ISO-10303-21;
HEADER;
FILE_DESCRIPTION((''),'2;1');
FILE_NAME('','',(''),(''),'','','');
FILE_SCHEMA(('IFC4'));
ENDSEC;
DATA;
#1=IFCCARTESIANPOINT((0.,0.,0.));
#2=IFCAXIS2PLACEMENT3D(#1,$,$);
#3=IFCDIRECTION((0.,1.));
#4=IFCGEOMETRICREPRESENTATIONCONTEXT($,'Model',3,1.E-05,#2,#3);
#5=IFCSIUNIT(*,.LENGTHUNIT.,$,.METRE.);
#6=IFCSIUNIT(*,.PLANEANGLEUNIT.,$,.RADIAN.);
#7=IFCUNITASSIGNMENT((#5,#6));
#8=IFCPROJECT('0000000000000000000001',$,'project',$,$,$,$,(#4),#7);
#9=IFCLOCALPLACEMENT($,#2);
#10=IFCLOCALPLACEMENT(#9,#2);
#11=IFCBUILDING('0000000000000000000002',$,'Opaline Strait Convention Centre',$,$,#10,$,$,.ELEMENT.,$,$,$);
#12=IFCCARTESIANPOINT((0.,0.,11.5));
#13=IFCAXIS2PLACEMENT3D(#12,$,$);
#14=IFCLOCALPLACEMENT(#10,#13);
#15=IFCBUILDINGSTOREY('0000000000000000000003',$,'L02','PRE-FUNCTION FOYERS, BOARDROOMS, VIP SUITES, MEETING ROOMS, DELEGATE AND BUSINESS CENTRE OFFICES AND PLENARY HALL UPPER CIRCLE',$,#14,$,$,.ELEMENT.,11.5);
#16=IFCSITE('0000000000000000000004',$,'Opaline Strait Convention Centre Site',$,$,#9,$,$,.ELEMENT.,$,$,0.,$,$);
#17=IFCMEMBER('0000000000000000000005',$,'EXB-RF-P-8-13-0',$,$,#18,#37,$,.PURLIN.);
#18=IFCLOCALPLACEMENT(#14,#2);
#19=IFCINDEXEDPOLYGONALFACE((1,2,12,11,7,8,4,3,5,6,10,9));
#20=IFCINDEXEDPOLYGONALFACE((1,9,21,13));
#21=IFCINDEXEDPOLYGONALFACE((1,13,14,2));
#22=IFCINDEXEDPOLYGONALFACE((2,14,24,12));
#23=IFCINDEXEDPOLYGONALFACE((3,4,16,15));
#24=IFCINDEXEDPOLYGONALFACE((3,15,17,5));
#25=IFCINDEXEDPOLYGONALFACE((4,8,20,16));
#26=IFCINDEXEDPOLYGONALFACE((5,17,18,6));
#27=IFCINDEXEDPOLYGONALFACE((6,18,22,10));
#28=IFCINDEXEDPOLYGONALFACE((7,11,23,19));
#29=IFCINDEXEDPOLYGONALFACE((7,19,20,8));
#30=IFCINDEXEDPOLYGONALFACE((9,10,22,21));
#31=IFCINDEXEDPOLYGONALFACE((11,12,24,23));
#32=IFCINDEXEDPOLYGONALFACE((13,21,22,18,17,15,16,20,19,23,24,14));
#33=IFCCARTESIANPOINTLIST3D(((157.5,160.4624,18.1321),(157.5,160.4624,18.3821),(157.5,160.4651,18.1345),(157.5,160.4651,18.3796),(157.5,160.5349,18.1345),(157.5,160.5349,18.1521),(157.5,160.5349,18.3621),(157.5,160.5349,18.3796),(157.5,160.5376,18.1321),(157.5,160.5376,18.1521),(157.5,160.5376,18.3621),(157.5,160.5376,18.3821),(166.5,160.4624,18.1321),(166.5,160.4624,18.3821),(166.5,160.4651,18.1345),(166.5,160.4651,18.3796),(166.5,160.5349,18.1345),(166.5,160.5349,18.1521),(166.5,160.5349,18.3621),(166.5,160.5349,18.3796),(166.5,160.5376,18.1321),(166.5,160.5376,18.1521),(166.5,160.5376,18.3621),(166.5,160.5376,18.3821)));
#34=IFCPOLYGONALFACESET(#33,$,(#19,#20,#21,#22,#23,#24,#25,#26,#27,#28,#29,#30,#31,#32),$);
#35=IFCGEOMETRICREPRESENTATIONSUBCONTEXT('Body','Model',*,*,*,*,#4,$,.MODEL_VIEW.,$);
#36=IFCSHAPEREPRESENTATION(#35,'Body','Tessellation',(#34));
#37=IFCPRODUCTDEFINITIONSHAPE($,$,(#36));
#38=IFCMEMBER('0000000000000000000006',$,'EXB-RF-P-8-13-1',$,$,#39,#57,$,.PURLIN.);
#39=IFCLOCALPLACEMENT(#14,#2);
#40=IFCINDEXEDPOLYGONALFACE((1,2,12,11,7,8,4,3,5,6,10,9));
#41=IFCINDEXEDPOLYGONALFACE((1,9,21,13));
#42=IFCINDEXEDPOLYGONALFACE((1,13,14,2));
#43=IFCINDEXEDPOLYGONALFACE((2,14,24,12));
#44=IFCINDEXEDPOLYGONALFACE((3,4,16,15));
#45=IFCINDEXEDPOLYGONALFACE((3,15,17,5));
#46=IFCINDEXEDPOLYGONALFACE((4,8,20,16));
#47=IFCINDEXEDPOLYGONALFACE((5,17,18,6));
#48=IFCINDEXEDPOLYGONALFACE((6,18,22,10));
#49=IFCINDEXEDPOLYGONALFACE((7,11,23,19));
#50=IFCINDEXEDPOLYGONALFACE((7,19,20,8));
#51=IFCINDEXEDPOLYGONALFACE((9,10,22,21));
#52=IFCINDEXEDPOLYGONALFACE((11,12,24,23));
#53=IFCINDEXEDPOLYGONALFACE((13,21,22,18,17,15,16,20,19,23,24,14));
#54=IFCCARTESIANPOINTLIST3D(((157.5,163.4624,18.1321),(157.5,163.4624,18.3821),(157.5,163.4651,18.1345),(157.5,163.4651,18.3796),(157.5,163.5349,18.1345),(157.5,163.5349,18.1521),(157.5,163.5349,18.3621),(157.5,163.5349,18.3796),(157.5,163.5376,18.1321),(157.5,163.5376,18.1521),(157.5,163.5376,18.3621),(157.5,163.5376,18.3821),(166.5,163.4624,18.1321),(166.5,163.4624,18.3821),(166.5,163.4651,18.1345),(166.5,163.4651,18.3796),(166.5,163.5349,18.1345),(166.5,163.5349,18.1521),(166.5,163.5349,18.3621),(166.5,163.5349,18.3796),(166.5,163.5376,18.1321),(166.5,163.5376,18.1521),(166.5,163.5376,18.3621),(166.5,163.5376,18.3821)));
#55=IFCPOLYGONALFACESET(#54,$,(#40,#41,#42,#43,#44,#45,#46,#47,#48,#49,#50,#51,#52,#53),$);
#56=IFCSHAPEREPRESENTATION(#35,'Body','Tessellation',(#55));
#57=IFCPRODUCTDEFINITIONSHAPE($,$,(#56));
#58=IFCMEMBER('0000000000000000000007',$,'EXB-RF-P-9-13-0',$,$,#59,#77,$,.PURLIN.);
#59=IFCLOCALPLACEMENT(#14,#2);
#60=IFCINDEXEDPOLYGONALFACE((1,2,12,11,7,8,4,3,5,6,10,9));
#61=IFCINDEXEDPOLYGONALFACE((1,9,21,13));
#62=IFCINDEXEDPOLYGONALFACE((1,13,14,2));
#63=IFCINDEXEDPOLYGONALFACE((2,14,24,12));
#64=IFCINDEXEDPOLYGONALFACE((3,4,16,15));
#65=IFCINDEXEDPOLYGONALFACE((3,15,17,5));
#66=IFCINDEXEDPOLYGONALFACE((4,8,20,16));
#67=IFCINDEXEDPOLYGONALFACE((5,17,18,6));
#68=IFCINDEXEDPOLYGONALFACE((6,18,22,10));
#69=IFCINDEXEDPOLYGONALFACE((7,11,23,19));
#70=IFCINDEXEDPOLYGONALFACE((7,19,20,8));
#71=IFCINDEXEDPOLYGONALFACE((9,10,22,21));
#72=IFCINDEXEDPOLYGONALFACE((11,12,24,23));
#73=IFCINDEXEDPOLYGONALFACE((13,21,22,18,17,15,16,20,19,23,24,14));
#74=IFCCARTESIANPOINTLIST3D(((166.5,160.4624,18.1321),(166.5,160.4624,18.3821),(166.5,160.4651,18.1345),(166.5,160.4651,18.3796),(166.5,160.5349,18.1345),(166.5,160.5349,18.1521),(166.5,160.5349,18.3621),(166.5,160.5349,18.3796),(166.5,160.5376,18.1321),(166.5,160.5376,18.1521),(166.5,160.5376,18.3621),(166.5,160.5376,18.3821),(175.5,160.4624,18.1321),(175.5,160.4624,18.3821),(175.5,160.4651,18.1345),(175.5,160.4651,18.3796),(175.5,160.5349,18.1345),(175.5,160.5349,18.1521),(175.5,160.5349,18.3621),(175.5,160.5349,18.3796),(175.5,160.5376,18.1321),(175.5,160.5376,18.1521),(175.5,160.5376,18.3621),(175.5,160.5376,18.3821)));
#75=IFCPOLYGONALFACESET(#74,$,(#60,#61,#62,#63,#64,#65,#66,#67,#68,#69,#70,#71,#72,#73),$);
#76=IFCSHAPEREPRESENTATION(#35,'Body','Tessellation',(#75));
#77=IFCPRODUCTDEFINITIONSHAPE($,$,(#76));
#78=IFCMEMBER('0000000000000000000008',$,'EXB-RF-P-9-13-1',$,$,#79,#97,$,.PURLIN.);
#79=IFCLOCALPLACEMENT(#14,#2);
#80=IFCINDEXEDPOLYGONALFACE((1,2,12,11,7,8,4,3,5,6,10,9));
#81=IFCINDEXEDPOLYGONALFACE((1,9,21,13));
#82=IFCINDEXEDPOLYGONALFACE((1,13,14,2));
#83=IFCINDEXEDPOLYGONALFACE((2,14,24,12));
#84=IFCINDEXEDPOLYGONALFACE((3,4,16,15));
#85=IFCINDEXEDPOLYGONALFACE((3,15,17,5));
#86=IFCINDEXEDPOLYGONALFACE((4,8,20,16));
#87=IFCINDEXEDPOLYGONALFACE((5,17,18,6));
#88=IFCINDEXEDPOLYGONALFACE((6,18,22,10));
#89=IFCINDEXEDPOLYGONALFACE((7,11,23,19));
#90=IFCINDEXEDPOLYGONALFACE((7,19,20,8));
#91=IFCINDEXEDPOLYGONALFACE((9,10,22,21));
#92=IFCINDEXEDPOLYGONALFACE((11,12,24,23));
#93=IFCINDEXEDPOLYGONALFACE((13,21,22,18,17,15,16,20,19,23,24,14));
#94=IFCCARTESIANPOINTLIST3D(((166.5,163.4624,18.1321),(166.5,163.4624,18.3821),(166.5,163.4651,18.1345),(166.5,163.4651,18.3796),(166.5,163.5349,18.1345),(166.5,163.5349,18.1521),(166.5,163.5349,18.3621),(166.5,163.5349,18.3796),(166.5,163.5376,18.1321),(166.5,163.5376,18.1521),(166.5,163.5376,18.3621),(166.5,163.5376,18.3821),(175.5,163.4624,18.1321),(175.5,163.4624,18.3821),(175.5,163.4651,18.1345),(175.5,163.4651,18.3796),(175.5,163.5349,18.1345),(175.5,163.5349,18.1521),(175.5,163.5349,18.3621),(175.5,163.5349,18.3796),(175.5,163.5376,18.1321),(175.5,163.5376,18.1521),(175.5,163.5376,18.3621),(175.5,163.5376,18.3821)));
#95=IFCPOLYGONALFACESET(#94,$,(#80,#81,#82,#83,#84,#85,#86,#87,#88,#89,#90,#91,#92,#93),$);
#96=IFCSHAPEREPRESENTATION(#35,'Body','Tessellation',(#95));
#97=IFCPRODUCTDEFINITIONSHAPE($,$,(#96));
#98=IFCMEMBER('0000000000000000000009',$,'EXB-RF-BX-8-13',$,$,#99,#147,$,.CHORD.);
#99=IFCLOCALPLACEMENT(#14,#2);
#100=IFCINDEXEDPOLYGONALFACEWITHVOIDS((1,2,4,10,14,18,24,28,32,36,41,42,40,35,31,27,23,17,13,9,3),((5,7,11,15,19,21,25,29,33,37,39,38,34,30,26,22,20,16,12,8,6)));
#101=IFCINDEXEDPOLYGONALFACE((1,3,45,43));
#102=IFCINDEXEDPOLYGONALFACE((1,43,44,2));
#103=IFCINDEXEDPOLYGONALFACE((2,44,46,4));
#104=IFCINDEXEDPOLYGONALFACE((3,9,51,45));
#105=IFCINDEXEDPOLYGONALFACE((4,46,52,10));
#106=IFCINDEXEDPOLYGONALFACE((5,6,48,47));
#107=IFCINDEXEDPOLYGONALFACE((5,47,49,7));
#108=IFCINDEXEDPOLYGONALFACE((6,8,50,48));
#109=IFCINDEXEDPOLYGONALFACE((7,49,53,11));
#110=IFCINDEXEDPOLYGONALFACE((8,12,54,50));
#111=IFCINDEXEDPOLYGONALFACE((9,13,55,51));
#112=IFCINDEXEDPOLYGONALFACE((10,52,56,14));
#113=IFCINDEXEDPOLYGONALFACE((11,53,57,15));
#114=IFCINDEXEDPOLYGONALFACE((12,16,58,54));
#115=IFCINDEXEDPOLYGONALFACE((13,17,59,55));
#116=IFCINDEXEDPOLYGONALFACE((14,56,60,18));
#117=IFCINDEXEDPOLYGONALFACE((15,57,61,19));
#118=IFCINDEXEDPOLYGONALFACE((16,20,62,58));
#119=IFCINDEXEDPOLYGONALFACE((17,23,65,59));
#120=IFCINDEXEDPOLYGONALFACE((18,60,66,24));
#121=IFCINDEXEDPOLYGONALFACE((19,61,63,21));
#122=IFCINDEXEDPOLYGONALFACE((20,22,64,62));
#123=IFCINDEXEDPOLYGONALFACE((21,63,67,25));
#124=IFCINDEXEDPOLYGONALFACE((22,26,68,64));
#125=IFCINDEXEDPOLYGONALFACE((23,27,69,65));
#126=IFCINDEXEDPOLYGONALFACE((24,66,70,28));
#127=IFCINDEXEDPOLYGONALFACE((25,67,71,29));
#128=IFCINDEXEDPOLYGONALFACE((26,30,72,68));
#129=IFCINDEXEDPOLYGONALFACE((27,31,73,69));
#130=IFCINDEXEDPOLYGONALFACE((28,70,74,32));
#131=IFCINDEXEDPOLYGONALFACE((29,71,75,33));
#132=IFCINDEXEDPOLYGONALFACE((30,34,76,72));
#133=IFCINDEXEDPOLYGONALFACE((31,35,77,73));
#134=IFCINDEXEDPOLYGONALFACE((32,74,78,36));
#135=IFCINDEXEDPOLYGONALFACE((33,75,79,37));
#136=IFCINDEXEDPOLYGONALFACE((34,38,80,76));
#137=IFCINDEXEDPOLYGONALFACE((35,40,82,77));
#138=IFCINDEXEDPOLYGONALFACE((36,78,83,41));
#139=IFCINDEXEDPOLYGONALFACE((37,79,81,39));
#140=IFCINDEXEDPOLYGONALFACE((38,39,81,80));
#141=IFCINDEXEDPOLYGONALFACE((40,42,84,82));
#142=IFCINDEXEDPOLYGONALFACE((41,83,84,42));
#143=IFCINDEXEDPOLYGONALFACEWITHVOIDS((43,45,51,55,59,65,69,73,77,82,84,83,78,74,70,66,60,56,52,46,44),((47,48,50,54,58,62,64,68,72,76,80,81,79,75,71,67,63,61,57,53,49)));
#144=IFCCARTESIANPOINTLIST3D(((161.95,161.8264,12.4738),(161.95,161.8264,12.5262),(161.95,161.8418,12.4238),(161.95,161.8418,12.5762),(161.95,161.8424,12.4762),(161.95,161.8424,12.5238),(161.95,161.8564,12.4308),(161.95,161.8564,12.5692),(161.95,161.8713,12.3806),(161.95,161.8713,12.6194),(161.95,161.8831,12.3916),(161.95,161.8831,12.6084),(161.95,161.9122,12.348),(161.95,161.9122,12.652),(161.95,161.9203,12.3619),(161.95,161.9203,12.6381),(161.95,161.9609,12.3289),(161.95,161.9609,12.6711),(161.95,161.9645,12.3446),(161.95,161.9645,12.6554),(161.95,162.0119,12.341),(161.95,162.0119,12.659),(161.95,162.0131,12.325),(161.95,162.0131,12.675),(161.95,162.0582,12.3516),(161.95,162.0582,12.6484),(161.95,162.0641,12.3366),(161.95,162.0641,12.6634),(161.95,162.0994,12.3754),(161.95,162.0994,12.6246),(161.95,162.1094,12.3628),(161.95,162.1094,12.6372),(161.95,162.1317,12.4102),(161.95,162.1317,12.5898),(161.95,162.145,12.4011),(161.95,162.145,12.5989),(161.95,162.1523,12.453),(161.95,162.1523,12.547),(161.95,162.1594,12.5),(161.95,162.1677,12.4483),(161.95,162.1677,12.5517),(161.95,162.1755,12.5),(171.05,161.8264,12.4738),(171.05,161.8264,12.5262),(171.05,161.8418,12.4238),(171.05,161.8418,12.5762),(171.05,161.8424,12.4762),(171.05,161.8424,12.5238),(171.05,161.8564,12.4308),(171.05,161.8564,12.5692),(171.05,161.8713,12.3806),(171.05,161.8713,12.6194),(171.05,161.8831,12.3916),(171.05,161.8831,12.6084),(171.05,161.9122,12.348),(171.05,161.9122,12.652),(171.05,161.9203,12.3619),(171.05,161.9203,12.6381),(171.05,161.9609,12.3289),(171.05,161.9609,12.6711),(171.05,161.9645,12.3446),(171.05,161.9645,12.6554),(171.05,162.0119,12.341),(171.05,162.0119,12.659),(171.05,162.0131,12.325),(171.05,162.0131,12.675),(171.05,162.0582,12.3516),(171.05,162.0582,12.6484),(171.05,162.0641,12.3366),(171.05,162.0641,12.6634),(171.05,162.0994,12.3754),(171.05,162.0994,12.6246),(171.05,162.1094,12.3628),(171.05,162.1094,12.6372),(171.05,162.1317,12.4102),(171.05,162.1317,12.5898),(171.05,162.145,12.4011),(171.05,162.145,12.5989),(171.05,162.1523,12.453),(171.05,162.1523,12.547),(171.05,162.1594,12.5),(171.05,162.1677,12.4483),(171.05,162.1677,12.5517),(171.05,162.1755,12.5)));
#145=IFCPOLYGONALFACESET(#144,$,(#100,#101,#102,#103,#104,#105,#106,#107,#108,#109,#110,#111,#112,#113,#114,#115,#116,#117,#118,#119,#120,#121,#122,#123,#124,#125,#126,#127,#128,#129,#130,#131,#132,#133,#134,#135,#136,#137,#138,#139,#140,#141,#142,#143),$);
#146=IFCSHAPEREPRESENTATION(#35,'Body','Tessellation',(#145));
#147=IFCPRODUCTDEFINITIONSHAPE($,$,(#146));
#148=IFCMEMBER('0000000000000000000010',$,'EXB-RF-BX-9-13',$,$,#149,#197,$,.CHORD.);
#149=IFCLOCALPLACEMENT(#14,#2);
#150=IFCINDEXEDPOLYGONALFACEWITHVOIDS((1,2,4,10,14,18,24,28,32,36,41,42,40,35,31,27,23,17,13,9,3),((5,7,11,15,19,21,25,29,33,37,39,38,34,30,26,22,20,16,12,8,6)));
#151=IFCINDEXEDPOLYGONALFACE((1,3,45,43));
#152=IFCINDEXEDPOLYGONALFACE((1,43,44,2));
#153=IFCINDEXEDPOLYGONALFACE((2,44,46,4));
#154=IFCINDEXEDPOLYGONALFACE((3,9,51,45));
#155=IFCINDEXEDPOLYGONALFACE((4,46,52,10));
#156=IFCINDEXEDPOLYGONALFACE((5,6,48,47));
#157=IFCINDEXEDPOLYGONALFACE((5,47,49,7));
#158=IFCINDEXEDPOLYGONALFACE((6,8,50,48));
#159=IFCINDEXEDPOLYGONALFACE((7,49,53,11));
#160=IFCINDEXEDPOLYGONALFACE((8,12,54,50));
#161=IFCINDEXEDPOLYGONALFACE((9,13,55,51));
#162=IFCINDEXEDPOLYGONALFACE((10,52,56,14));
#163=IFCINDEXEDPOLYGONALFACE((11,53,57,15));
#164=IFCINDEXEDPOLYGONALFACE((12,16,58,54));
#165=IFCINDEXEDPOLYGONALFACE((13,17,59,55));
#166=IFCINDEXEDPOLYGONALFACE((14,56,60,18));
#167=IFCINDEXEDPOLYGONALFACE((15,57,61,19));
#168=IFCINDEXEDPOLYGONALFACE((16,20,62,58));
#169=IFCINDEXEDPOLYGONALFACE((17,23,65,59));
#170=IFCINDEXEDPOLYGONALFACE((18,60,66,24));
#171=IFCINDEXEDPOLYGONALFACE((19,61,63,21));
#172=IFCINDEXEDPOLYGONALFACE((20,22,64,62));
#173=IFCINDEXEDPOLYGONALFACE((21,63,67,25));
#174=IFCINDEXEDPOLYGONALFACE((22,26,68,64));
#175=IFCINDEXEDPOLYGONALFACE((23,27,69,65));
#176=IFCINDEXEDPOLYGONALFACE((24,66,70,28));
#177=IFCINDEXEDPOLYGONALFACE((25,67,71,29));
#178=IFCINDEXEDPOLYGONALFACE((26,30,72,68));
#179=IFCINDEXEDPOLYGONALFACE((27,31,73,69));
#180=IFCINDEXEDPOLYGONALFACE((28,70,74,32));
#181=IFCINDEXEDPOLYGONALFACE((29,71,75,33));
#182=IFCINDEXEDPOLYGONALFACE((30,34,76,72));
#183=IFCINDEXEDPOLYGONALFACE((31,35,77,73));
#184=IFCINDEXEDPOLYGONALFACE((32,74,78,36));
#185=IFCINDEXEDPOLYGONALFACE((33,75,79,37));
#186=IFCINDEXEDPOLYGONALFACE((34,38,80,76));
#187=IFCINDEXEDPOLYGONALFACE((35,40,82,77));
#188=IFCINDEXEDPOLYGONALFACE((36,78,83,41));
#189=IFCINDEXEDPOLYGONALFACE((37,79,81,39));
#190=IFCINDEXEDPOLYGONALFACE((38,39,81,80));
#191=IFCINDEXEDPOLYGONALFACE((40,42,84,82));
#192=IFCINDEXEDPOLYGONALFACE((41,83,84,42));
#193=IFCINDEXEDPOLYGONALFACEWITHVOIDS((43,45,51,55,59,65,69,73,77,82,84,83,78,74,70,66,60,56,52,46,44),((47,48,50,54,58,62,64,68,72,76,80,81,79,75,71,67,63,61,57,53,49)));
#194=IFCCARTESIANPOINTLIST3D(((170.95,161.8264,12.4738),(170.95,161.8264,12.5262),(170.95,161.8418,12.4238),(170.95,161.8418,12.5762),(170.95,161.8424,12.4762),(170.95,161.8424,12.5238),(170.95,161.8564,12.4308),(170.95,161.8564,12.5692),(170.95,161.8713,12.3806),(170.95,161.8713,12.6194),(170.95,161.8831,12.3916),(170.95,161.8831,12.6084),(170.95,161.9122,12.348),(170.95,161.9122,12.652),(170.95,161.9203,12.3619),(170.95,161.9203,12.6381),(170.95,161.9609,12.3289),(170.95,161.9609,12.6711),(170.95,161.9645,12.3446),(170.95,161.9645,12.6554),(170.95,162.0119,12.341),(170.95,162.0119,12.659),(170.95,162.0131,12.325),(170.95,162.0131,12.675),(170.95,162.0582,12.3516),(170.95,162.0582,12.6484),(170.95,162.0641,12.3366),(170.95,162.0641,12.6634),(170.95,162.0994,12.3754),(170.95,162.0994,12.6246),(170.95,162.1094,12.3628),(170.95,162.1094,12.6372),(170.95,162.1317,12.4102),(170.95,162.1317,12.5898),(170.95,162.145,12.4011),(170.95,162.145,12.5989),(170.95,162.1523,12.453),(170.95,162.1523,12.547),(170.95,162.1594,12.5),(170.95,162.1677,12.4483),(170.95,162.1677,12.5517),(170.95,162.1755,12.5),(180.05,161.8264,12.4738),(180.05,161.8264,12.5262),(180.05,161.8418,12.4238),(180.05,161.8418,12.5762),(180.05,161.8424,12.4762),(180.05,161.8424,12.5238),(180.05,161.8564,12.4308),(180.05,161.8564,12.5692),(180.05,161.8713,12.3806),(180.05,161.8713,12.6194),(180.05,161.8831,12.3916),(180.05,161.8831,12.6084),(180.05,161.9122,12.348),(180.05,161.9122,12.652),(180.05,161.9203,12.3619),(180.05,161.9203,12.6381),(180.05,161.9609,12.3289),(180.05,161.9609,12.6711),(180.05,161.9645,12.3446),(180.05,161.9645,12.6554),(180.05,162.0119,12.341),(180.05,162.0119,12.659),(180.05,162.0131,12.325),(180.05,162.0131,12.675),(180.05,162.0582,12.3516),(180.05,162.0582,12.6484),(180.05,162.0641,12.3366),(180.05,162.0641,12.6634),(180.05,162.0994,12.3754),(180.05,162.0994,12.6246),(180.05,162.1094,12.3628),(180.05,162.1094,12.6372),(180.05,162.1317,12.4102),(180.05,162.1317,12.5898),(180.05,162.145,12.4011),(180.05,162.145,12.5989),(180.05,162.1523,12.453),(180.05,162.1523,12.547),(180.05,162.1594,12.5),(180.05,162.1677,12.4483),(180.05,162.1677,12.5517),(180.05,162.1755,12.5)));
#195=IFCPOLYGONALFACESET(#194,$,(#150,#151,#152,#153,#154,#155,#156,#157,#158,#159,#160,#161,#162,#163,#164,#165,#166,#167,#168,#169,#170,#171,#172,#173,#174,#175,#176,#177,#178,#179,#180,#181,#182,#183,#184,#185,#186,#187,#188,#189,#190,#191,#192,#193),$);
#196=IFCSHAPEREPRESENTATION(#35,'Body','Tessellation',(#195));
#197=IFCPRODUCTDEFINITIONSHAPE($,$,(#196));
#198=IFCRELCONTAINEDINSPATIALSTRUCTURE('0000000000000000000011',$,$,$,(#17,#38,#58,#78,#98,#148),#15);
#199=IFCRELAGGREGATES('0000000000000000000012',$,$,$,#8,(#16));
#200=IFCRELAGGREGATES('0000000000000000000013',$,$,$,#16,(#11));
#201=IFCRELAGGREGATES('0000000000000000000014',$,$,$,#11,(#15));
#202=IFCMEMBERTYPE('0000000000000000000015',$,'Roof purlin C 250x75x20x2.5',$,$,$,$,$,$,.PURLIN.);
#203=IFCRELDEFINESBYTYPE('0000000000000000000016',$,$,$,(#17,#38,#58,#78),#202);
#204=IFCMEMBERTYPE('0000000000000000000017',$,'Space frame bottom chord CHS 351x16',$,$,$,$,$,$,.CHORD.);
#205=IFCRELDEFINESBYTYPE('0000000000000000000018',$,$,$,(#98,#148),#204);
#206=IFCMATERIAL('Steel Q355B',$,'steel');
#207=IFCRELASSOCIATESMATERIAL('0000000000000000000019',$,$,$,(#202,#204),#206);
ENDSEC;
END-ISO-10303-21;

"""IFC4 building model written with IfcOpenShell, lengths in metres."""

from ifc_helpers import new_model, si_unit, direction, frame, origin, origin_2d, place, context, subcontext, project, spatial, polyline, hollow_circle, outline, extrude, material, material_profile, profile_set, type_object, element, save


model = new_model("IFC4")

# Units and contexts
model_context = context("Model", 3, precision=1e-05, world=origin(), true_north=direction((0.0, 1.0)))
body_context = subcontext(model_context, "Body", "Model", "MODEL_VIEW")
ifc_project = project(units=[si_unit("LENGTHUNIT", "METRE"), si_unit("PLANEANGLEUNIT", "RADIAN")], contexts=[model_context])

# Site, building, storey
site_placement = place(None, origin())
site = spatial("IfcSite", under=ifc_project, at=site_placement, Name="Opaline Strait Convention Centre Site", CompositionType="ELEMENT", RefElevation=0.0)
building_placement = place(site_placement, origin())
building = spatial("IfcBuilding", under=site, at=building_placement, Name="Opaline Strait Convention Centre", CompositionType="ELEMENT")
storey_placement = place(building_placement, frame((0.0, 0.0, 11.5)))
storey = spatial("IfcBuildingStorey", under=building, at=storey_placement, Name="L02", Description="PRE-FUNCTION FOYERS, BOARDROOMS, VIP SUITES, MEETING ROOMS, DELEGATE AND BUSINESS CENTRE OFFICES AND PLENARY HALL UPPER CIRCLE", CompositionType="ELEMENT", Elevation=11.5)

# Members
ifc_material_1 = material(Name="Steel Q355B", Category="steel")
ifc_material_profile_1 = material_profile(ifc_material_1, outline(polyline([(-0.0376, -0.125), (0.0376, -0.125), (0.0376, -0.105), (0.0349, -0.105), (0.0349, -0.1226), (-0.0349, -0.1226), (-0.0349, 0.1226), (0.0349, 0.1226), (0.0349, 0.105), (0.0376, 0.105), (0.0376, 0.125), (-0.0376, 0.125), (-0.0376, -0.125)])), Name="C 250x75x20x2.5")
ifc_profile_set_1 = profile_set([ifc_material_profile_1], Name="Steel Q355B")
member_type_1 = type_object("IfcMemberType", Name="Roof purlin C 250x75x20x2.5", PredefinedType="PURLIN", material=ifc_profile_set_1)
for number, where, z_axis, x_axis, name in (
    (1, (157.5, 160.5, 18.2571), (1.0, 0.0, 0.0), (0.0, 1.0, 0.0), "EXB-RF-P-8-13-0"),
    (2, (157.5, 163.5, 18.2571), (1.0, 0.0, 0.0), (0.0, 1.0, 0.0), "EXB-RF-P-8-13-1"),
    (3, (166.5, 160.5, 18.2571), (1.0, 0.0, 0.0), (0.0, 1.0, 0.0), "EXB-RF-P-9-13-0"),
    (4, (166.5, 163.5, 18.2571), (1.0, 0.0, 0.0), (0.0, 1.0, 0.0), "EXB-RF-P-9-13-1"),
):
    element("IfcMember", number, at=place(storey_placement, frame(where, z_axis=z_axis, x_axis=x_axis)), inside=storey, type_object=member_type_1, Name=name, PredefinedType="PURLIN", context=body_context, shape_type="SweptSolid", body=[
        extrude(outline(polyline([(-0.0376, -0.125), (0.0376, -0.125), (0.0376, -0.105), (0.0349, -0.105), (0.0349, -0.1226), (-0.0349, -0.1226), (-0.0349, 0.1226), (0.0349, 0.1226), (0.0349, 0.105), (0.0376, 0.105), (0.0376, 0.125), (-0.0376, 0.125), (-0.0376, -0.125)])), origin(), (0.0, 0.0, 1.0), 9.0),
    ])
ifc_material_profile_2 = material_profile(ifc_material_1, hollow_circle(Radius=0.1755, WallThickness=0.0161, at=origin_2d()), Name="CHS 351x16")
ifc_profile_set_2 = profile_set([ifc_material_profile_2], Name="Steel Q355B")
member_type_2 = type_object("IfcMemberType", Name="Space frame bottom chord CHS 351x16", PredefinedType="CHORD", material=ifc_profile_set_2)
for number, where, z_axis, x_axis, name in (
    (5, (161.95, 162.0, 12.5), (1.0, 0.0, 0.0), (0.0, 1.0, 0.0), "EXB-RF-BX-8-13"),
    (6, (170.95, 162.0, 12.5), (1.0, 0.0, 0.0), (0.0, 1.0, 0.0), "EXB-RF-BX-9-13"),
):
    element("IfcMember", number, at=place(storey_placement, frame(where, z_axis=z_axis, x_axis=x_axis)), inside=storey, type_object=member_type_2, Name=name, PredefinedType="CHORD", context=body_context, shape_type="SweptSolid", body=[
        extrude(hollow_circle(Radius=0.1755, WallThickness=0.0161, at=origin_2d()), origin(), (0.0, 0.0, 1.0), 9.1001),
    ])

save(model, "model.ifc")
